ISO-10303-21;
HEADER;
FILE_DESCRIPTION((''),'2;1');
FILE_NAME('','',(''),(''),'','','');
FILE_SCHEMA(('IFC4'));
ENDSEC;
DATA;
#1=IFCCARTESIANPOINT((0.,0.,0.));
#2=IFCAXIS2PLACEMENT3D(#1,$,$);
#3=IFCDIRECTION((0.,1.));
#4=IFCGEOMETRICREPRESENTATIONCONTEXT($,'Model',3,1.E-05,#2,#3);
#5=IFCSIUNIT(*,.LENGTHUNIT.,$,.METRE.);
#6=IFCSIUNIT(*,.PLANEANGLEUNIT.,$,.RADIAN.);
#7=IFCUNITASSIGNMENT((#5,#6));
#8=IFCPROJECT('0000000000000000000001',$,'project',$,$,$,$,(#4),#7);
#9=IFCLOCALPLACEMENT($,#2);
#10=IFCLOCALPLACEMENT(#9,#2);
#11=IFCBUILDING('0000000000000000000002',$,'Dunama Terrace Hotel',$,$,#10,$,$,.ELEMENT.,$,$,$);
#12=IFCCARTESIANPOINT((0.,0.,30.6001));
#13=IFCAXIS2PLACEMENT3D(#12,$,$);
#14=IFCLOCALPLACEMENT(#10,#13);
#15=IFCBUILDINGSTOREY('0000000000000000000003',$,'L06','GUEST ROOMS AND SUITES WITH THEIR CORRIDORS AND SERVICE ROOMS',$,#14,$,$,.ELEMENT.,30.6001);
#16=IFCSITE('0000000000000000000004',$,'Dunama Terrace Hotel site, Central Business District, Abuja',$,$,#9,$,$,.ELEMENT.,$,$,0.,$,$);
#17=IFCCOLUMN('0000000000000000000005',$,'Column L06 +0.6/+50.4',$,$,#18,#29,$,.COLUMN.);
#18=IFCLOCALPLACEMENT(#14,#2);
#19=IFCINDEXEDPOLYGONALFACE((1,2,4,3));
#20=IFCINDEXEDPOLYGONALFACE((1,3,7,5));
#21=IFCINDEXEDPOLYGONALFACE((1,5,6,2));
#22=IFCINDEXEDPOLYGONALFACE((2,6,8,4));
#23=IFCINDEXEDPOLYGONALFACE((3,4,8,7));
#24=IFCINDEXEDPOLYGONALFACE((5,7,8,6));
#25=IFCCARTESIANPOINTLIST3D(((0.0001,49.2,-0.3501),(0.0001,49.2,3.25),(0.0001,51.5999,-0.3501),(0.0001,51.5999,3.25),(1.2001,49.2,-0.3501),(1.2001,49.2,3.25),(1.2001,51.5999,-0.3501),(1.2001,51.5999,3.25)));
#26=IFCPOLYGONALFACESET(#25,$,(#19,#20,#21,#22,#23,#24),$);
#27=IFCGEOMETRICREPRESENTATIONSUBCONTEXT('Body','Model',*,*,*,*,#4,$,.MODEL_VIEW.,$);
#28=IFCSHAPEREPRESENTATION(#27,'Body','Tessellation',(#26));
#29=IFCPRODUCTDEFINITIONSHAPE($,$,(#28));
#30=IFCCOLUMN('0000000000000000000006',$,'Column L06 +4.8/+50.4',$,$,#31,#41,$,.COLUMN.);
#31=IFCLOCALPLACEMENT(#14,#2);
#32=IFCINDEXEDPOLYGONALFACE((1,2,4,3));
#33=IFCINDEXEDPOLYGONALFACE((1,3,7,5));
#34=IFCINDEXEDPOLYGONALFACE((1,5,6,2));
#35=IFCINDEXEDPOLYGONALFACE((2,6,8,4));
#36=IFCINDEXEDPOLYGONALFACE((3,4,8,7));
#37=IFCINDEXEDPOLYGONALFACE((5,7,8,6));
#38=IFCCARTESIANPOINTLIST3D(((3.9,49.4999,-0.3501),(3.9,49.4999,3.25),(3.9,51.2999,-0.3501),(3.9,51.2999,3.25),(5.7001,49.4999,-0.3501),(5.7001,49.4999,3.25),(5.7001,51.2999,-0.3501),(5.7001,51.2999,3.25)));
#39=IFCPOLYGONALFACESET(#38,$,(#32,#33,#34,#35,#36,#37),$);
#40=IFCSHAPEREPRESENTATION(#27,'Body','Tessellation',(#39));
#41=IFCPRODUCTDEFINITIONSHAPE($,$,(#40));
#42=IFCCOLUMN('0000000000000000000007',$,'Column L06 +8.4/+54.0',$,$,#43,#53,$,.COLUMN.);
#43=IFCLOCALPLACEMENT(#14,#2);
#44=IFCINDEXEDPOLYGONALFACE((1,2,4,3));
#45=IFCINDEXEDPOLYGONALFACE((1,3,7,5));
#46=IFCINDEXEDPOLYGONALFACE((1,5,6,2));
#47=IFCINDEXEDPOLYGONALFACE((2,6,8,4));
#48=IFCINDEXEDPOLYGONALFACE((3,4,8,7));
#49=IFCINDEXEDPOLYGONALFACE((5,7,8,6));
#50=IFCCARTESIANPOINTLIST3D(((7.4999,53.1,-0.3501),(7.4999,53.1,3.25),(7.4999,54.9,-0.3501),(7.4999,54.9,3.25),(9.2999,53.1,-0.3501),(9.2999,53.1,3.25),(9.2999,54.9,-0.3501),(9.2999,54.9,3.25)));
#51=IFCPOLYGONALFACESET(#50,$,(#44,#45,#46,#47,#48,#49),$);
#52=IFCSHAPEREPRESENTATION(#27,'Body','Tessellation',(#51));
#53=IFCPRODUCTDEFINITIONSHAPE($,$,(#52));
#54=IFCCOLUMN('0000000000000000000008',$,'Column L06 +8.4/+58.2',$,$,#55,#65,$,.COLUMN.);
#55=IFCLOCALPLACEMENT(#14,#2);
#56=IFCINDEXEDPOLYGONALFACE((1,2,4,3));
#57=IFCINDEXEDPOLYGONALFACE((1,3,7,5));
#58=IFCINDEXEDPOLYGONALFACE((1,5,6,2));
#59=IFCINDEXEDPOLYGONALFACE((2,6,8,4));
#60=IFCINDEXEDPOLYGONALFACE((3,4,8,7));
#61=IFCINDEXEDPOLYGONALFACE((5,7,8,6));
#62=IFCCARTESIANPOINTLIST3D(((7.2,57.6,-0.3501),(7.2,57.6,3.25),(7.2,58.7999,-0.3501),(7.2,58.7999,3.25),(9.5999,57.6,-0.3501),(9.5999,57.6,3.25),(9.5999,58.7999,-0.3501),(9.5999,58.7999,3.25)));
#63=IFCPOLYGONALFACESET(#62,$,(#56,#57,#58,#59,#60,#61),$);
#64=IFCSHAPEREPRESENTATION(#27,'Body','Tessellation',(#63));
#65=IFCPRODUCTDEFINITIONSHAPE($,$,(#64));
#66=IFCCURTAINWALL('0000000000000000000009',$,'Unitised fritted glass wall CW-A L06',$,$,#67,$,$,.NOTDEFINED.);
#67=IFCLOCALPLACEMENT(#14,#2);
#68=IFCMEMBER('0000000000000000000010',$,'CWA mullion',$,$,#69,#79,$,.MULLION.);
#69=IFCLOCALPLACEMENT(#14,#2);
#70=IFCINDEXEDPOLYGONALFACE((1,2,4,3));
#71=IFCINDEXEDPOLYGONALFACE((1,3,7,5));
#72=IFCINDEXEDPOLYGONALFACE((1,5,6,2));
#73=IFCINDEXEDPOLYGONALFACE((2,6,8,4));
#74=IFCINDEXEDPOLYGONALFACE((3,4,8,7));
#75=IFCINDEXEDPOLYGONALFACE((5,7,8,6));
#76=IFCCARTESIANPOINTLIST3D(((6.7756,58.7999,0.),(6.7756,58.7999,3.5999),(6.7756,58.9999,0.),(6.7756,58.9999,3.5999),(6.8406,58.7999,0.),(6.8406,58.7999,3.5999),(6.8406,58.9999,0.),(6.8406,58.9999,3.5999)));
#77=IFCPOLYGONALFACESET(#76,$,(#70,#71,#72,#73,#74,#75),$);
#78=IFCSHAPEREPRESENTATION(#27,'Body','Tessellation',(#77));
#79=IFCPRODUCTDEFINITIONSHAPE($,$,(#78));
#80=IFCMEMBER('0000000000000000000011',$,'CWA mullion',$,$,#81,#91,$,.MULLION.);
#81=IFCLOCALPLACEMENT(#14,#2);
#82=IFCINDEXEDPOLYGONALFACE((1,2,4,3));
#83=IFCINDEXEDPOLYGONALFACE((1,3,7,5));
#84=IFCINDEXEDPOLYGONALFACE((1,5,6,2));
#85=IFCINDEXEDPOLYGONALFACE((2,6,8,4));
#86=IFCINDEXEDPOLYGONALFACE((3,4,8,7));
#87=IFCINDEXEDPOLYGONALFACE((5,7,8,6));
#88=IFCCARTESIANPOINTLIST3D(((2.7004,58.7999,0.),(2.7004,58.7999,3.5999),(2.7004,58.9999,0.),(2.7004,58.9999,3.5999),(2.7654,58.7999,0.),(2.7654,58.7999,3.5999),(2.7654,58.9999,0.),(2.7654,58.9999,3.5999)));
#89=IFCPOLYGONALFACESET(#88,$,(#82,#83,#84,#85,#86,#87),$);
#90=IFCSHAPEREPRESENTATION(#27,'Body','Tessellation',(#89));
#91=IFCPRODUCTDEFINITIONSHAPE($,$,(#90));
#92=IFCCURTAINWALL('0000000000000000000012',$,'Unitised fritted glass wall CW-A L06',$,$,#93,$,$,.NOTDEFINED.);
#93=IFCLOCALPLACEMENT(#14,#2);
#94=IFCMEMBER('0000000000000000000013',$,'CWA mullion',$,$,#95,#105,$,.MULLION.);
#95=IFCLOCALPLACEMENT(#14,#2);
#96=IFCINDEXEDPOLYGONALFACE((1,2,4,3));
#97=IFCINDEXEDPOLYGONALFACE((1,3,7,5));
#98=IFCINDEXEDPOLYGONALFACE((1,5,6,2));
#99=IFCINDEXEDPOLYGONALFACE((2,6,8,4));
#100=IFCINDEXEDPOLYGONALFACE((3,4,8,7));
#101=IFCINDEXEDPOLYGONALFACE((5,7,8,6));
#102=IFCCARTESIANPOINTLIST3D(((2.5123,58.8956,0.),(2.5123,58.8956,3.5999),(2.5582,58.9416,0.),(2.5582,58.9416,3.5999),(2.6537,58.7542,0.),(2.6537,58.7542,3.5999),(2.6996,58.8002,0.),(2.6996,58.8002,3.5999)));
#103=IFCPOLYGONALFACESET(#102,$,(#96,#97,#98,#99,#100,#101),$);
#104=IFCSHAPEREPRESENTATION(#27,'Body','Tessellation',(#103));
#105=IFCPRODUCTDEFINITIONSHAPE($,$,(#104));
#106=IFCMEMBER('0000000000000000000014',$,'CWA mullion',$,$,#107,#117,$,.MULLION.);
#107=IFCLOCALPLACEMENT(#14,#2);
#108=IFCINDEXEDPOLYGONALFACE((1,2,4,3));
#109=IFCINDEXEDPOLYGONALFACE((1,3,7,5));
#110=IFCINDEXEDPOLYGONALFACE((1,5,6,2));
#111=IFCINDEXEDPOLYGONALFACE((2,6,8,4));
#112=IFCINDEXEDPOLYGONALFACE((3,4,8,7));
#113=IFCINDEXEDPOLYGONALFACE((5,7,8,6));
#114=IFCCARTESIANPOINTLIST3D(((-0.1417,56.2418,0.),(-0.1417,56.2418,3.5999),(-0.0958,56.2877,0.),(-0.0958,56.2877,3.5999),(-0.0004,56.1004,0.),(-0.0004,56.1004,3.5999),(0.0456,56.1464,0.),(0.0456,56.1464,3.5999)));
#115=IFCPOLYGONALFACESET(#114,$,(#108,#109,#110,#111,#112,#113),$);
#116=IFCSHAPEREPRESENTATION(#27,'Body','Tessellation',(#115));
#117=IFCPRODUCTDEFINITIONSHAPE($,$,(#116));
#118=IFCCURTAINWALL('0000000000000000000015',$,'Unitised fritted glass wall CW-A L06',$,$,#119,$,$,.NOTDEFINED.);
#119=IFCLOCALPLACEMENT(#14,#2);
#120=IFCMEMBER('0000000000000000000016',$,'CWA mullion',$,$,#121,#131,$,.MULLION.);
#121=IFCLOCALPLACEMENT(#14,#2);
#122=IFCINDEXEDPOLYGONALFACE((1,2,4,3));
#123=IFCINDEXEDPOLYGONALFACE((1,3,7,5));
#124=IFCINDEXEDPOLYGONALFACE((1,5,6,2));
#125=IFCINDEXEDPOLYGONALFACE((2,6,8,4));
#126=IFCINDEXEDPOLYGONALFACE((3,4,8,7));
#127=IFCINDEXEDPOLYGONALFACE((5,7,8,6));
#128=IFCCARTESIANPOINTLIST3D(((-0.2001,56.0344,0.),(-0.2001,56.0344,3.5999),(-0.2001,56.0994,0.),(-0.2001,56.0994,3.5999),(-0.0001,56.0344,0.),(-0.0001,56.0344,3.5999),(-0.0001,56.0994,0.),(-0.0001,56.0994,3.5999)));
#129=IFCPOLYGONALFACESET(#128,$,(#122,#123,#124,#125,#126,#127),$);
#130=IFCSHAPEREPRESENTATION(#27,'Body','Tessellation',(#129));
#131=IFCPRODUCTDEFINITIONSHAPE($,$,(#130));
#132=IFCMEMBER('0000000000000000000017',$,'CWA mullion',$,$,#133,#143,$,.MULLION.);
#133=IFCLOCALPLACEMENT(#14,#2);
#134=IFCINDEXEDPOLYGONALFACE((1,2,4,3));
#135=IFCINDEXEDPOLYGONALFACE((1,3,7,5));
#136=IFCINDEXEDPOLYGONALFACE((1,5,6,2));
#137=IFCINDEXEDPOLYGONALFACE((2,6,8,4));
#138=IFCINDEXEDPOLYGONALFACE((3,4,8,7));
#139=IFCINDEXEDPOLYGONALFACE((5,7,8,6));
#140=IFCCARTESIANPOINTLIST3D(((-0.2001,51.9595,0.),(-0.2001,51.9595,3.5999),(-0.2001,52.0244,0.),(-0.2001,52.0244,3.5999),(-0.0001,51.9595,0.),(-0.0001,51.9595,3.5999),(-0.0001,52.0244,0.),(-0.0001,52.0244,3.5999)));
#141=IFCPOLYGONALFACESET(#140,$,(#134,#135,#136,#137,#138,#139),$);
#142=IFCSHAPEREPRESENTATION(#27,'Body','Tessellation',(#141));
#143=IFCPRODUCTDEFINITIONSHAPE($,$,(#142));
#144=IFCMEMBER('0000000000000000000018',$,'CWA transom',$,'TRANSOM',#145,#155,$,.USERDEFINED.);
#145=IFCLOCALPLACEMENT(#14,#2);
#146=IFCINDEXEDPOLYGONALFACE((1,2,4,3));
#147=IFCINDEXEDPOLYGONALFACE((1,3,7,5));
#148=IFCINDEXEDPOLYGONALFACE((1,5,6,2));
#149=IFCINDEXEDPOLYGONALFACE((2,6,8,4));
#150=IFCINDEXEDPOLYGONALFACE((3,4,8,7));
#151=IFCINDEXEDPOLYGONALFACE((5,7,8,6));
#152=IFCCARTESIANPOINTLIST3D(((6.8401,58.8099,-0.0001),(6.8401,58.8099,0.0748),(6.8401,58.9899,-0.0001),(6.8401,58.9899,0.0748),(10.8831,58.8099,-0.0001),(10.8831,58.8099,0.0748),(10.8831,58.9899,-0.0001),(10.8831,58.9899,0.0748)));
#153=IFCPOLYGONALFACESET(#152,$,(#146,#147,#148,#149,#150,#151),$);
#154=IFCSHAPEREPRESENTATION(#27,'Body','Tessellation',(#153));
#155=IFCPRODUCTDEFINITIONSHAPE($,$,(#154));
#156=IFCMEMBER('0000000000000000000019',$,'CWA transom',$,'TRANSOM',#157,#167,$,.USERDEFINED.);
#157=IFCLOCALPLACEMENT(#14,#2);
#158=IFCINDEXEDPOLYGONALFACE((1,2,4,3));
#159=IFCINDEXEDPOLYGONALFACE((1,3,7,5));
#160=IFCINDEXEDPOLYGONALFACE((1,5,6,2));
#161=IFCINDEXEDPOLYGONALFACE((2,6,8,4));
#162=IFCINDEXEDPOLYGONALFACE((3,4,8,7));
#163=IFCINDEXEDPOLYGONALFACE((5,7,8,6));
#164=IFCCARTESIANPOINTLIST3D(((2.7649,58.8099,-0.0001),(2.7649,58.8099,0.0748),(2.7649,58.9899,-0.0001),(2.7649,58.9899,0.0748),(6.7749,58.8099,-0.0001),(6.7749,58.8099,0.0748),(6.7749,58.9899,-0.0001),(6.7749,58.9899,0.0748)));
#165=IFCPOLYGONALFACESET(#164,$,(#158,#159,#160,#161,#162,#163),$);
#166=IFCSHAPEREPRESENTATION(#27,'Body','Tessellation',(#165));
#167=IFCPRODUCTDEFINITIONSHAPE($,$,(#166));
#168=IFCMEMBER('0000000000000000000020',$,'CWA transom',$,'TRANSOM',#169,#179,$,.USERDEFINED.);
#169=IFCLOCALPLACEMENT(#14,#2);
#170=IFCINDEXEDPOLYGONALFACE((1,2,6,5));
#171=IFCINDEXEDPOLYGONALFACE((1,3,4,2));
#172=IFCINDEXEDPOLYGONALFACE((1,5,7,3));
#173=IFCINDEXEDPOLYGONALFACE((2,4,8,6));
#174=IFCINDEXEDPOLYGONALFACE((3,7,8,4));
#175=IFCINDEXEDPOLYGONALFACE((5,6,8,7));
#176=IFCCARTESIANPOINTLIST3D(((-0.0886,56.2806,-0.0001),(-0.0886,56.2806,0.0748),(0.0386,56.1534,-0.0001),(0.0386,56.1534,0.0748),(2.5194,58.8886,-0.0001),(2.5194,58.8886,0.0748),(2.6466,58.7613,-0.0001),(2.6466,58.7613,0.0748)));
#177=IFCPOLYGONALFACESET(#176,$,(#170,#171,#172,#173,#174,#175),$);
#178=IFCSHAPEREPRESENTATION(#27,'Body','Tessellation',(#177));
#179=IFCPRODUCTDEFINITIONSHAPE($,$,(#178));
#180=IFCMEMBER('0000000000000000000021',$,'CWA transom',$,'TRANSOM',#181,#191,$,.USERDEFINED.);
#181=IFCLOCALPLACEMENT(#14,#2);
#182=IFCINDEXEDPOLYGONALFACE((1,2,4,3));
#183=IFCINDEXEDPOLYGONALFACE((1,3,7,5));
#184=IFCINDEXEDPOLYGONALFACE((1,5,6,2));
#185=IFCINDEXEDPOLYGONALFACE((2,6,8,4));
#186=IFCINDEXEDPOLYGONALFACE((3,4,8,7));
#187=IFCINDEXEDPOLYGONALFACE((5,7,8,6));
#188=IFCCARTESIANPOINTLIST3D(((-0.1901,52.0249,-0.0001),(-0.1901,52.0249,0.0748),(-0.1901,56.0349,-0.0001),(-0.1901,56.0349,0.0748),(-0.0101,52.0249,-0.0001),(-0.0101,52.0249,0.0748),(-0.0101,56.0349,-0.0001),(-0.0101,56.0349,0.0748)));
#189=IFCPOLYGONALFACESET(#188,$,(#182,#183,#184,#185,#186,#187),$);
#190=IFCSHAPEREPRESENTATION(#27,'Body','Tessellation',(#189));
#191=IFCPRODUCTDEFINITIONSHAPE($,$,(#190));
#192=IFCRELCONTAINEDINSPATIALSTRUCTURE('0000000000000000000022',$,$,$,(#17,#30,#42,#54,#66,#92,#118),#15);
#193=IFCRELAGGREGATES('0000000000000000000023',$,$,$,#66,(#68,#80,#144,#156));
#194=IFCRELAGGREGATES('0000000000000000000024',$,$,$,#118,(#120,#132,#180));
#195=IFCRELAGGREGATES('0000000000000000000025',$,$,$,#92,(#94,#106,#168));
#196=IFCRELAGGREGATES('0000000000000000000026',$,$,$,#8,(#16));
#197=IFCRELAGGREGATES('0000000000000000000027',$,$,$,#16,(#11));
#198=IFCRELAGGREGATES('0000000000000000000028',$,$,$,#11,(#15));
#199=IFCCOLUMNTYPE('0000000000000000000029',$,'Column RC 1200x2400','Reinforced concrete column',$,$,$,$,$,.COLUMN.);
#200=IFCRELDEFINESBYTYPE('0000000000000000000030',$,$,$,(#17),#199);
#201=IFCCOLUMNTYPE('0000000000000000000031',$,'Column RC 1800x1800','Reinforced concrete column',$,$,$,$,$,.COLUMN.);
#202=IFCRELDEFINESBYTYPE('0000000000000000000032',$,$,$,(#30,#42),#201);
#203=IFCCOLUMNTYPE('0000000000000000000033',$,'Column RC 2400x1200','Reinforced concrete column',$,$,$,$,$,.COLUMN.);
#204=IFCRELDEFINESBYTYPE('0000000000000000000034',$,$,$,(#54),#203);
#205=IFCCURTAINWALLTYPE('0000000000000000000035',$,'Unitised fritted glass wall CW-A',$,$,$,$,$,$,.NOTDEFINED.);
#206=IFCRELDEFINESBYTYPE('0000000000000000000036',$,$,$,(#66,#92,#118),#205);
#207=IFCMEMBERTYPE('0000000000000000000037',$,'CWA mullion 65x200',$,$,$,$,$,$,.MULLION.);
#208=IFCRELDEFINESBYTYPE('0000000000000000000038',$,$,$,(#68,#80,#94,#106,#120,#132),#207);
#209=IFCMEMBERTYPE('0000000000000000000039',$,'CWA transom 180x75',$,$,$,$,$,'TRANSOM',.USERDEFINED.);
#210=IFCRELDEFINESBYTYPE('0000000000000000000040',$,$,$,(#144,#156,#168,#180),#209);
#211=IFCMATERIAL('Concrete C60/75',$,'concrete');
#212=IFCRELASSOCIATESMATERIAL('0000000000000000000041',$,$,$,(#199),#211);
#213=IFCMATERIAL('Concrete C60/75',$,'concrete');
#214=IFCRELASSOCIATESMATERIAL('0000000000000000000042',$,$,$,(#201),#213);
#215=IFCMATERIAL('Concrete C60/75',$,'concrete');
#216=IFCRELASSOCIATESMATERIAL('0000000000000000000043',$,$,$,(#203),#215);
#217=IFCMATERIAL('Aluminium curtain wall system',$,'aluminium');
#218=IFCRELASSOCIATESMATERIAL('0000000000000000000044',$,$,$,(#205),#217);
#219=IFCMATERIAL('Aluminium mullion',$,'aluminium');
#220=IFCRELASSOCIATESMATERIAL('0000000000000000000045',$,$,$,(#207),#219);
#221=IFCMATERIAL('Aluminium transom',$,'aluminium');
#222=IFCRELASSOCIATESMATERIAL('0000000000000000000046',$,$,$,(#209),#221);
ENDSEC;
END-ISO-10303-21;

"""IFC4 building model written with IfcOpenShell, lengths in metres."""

from ifc_helpers import new_model, si_unit, direction, frame, origin, origin_2d, place, context, subcontext, project, spatial, rectangle, extrude, material, material_profile, profile_set, type_object, element, aggregate, save


model = new_model("IFC4")

# Units and contexts
model_context = context("Model", 3, precision=1e-05, world=origin(), true_north=direction((0.0, 1.0)))
body_context = subcontext(model_context, "Body", "Model", "MODEL_VIEW")
ifc_project = project(units=[si_unit("LENGTHUNIT", "METRE"), si_unit("PLANEANGLEUNIT", "RADIAN")], contexts=[model_context])

# Site, building, storey
site_placement = place(None, origin())
site = spatial("IfcSite", under=ifc_project, at=site_placement, Name="Dunama Terrace Hotel site, Central Business District, Abuja", CompositionType="ELEMENT", RefElevation=0.0)
building_placement = place(site_placement, origin())
building = spatial("IfcBuilding", under=site, at=building_placement, Name="Dunama Terrace Hotel", CompositionType="ELEMENT")
storey_placement = place(building_placement, frame((0.0, 0.0, 30.6001)))
storey = spatial("IfcBuildingStorey", under=building, at=storey_placement, Name="L06", Description="GUEST ROOMS AND SUITES WITH THEIR CORRIDORS AND SERVICE ROOMS", CompositionType="ELEMENT", Elevation=30.6001)

# Columns
ifc_material_1 = material(Name="Concrete C60/75", Category="concrete")
ifc_material_profile_1 = material_profile(ifc_material_1, rectangle(XDim=1.2, YDim=2.3999, at=origin_2d()), Name="RC 1200x2400")
ifc_profile_set_1 = profile_set([ifc_material_profile_1], Name="Concrete C60/75")
column_type_1 = type_object("IfcColumnType", Name="Column RC 1200x2400", Description="Reinforced concrete column", PredefinedType="COLUMN", material=ifc_profile_set_1)
column_1_placement = place(storey_placement, frame((0.6001, 50.3999, -0.3501), z_axis=(0.0, 0.0, 1.0), x_axis=(1.0, 0.0, 0.0)))
element("IfcColumn", 1, at=column_1_placement, inside=storey, type_object=column_type_1, Name="Column L06 +0.6/+50.4", PredefinedType="COLUMN", context=body_context, shape_type="SweptSolid", body=[
    extrude(rectangle(XDim=1.2, YDim=2.3999, at=origin_2d()), origin(), (0.0, 0.0, 1.0), 3.6001),
])
ifc_material_2 = material(Name="Concrete C60/75", Category="concrete")
ifc_material_profile_2 = material_profile(ifc_material_2, rectangle(XDim=1.8, YDim=1.8, at=origin_2d()), Name="RC 1800x1800")
ifc_profile_set_2 = profile_set([ifc_material_profile_2], Name="Concrete C60/75")
column_type_2 = type_object("IfcColumnType", Name="Column RC 1800x1800", Description="Reinforced concrete column", PredefinedType="COLUMN", material=ifc_profile_set_2)
for number, where, z_axis, x_axis, name in (
    (2, (4.8, 50.3999, -0.3501), (0.0, 0.0, 1.0), (1.0, 0.0, 0.0), "Column L06 +4.8/+50.4"),
    (3, (8.3999, 54.0, -0.3501), (0.0, 0.0, 1.0), (1.0, 0.0, 0.0), "Column L06 +8.4/+54.0"),
):
    element("IfcColumn", number, at=place(storey_placement, frame(where, z_axis=z_axis, x_axis=x_axis)), inside=storey, type_object=column_type_2, Name=name, PredefinedType="COLUMN", context=body_context, shape_type="SweptSolid", body=[
        extrude(rectangle(XDim=1.8, YDim=1.8, at=origin_2d()), origin(), (0.0, 0.0, 1.0), 3.6001),
    ])
ifc_material_3 = material(Name="Concrete C60/75", Category="concrete")
ifc_material_profile_3 = material_profile(ifc_material_3, rectangle(XDim=2.3999, YDim=1.2, at=origin_2d()), Name="RC 2400x1200")
ifc_profile_set_3 = profile_set([ifc_material_profile_3], Name="Concrete C60/75")
column_type_3 = type_object("IfcColumnType", Name="Column RC 2400x1200", Description="Reinforced concrete column", PredefinedType="COLUMN", material=ifc_profile_set_3)
column_2_placement = place(storey_placement, frame((8.3999, 58.2, -0.3501), z_axis=(0.0, 0.0, 1.0), x_axis=(1.0, 0.0, 0.0)))
element("IfcColumn", 4, at=column_2_placement, inside=storey, type_object=column_type_3, Name="Column L06 +8.4/+58.2", PredefinedType="COLUMN", context=body_context, shape_type="SweptSolid", body=[
    extrude(rectangle(XDim=2.3999, YDim=1.2, at=origin_2d()), origin(), (0.0, 0.0, 1.0), 3.6001),
])

# Curtain walls, members
ifc_material_4 = material(Name="Aluminium curtain wall system", Category="aluminium")
curtain_wall_type = type_object("IfcCurtainWallType", Name="Unitised fritted glass wall CW-A", PredefinedType="NOTDEFINED", material=ifc_material_4)
curtain_wall_1_placement = place(storey_placement, origin())
curtain_wall_1 = element("IfcCurtainWall", 5, at=curtain_wall_1_placement, inside=storey, type_object=curtain_wall_type, Name="Unitised fritted glass wall CW-A L06", PredefinedType="NOTDEFINED")
ifc_material_5 = material(Name="Aluminium mullion", Category="aluminium")
ifc_material_profile_4 = material_profile(ifc_material_5, rectangle(XDim=0.0649, YDim=0.2, at=origin_2d()), Name="CWA MULLION 65X200")
ifc_profile_set_4 = profile_set([ifc_material_profile_4], Name="Aluminium mullion")
member_type_1 = type_object("IfcMemberType", Name="CWA mullion 65x200", PredefinedType="MULLION", material=ifc_profile_set_4)
member_1_placement = place(storey_placement, frame((6.8081, 58.8999, 0.0), z_axis=(0.0, 0.0, 1.0), x_axis=(-1.0, 0.0, 0.0)))
member_1 = element("IfcMember", 6, at=member_1_placement, type_object=member_type_1, Name="CWA mullion", PredefinedType="MULLION", context=body_context, shape_type="SweptSolid", body=[
    extrude(rectangle(XDim=0.0649, YDim=0.2, at=origin_2d()), origin(), (0.0, 0.0, 1.0), 3.5999),
])
member_2_placement = place(storey_placement, frame((2.7329, 58.8999, 0.0), z_axis=(0.0, 0.0, 1.0), x_axis=(-1.0, 0.0, 0.0)))
member_2 = element("IfcMember", 7, at=member_2_placement, type_object=member_type_1, Name="CWA mullion", PredefinedType="MULLION", context=body_context, shape_type="SweptSolid", body=[
    extrude(rectangle(XDim=0.0649, YDim=0.2, at=origin_2d()), origin(), (0.0, 0.0, 1.0), 3.5999),
])
curtain_wall_2_placement = place(storey_placement, origin())
curtain_wall_2 = element("IfcCurtainWall", 8, at=curtain_wall_2_placement, inside=storey, type_object=curtain_wall_type, Name="Unitised fritted glass wall CW-A L06", PredefinedType="NOTDEFINED")
member_3_placement = place(storey_placement, frame((2.606, 58.8479, 0.0), z_axis=(0.0, 0.0, 1.0), x_axis=(-0.707107, -0.707107, 0.0)))
member_3 = element("IfcMember", 9, at=member_3_placement, type_object=member_type_1, Name="CWA mullion", PredefinedType="MULLION", context=body_context, shape_type="SweptSolid", body=[
    extrude(rectangle(XDim=0.0649, YDim=0.2, at=origin_2d()), origin(), (0.0, 0.0, 1.0), 3.5999),
])
member_4_placement = place(storey_placement, frame((-0.0481, 56.1941, 0.0), z_axis=(0.0, 0.0, 1.0), x_axis=(-0.707107, -0.707107, 0.0)))
member_4 = element("IfcMember", 10, at=member_4_placement, type_object=member_type_1, Name="CWA mullion", PredefinedType="MULLION", context=body_context, shape_type="SweptSolid", body=[
    extrude(rectangle(XDim=0.0649, YDim=0.2, at=origin_2d()), origin(), (0.0, 0.0, 1.0), 3.5999),
])
curtain_wall_3_placement = place(storey_placement, origin())
curtain_wall_3 = element("IfcCurtainWall", 11, at=curtain_wall_3_placement, inside=storey, type_object=curtain_wall_type, Name="Unitised fritted glass wall CW-A L06", PredefinedType="NOTDEFINED")
member_5_placement = place(storey_placement, frame((-0.1001, 56.0669, 0.0), z_axis=(0.0, 0.0, 1.0), x_axis=(0.0, -1.0, 0.0)))
member_5 = element("IfcMember", 12, at=member_5_placement, type_object=member_type_1, Name="CWA mullion", PredefinedType="MULLION", context=body_context, shape_type="SweptSolid", body=[
    extrude(rectangle(XDim=0.0649, YDim=0.2, at=origin_2d()), origin(), (0.0, 0.0, 1.0), 3.5999),
])
member_6_placement = place(storey_placement, frame((-0.1001, 51.9919, 0.0), z_axis=(0.0, 0.0, 1.0), x_axis=(0.0, -1.0, 0.0)))
member_6 = element("IfcMember", 13, at=member_6_placement, type_object=member_type_1, Name="CWA mullion", PredefinedType="MULLION", context=body_context, shape_type="SweptSolid", body=[
    extrude(rectangle(XDim=0.0649, YDim=0.2, at=origin_2d()), origin(), (0.0, 0.0, 1.0), 3.5999),
])

# Members
ifc_material_6 = material(Name="Aluminium transom", Category="aluminium")
ifc_material_profile_5 = material_profile(ifc_material_6, rectangle(XDim=0.1799, YDim=0.075, at=origin_2d()), Name="CWA TRANSOM 180X75")
ifc_profile_set_5 = profile_set([ifc_material_profile_5], Name="Aluminium transom")
member_type_2 = type_object("IfcMemberType", Name="CWA transom 180x75", ElementType="TRANSOM", PredefinedType="USERDEFINED", material=ifc_profile_set_5)
member_7_placement = place(storey_placement, frame((10.8831, 58.8999, 0.0374), z_axis=(-1.0, 0.0, 0.0), x_axis=(0.0, -1.0, 0.0)))
member_7 = element("IfcMember", 14, at=member_7_placement, type_object=member_type_2, Name="CWA transom", ObjectType="TRANSOM", PredefinedType="USERDEFINED", context=body_context, shape_type="SweptSolid", body=[
    extrude(rectangle(XDim=0.1799, YDim=0.075, at=origin_2d()), origin(), (0.0, 0.0, 1.0), 4.043),
])
member_8_placement = place(storey_placement, frame((6.7749, 58.8999, 0.0374), z_axis=(-1.0, 0.0, 0.0), x_axis=(0.0, -1.0, 0.0)))
member_8 = element("IfcMember", 15, at=member_8_placement, type_object=member_type_2, Name="CWA transom", ObjectType="TRANSOM", PredefinedType="USERDEFINED", context=body_context, shape_type="SweptSolid", body=[
    extrude(rectangle(XDim=0.1799, YDim=0.075, at=origin_2d()), origin(), (0.0, 0.0, 1.0), 4.01),
])
member_9_placement = place(storey_placement, frame((2.583, 58.825, 0.0374), z_axis=(-0.707107, -0.707107, 0.0), x_axis=(0.707107, -0.707107, 0.0)))
member_9 = element("IfcMember", 16, at=member_9_placement, type_object=member_type_2, Name="CWA transom", ObjectType="TRANSOM", PredefinedType="USERDEFINED", context=body_context, shape_type="SweptSolid", body=[
    extrude(rectangle(XDim=0.1799, YDim=0.075, at=origin_2d()), origin(), (0.0, 0.0, 1.0), 3.6882),
])
member_10_placement = place(storey_placement, frame((-0.1001, 56.0349, 0.0374), z_axis=(0.0, -1.0, 0.0), x_axis=(1.0, 0.0, 0.0)))
member_10 = element("IfcMember", 17, at=member_10_placement, type_object=member_type_2, Name="CWA transom", ObjectType="TRANSOM", PredefinedType="USERDEFINED", context=body_context, shape_type="SweptSolid", body=[
    extrude(rectangle(XDim=0.1799, YDim=0.075, at=origin_2d()), origin(), (0.0, 0.0, 1.0), 4.01),
])

aggregate(curtain_wall_1, [member_1, member_2, member_7, member_8])
aggregate(curtain_wall_3, [member_5, member_6, member_10])
aggregate(curtain_wall_2, [member_3, member_4, member_9])

save(model, "model.ifc")
